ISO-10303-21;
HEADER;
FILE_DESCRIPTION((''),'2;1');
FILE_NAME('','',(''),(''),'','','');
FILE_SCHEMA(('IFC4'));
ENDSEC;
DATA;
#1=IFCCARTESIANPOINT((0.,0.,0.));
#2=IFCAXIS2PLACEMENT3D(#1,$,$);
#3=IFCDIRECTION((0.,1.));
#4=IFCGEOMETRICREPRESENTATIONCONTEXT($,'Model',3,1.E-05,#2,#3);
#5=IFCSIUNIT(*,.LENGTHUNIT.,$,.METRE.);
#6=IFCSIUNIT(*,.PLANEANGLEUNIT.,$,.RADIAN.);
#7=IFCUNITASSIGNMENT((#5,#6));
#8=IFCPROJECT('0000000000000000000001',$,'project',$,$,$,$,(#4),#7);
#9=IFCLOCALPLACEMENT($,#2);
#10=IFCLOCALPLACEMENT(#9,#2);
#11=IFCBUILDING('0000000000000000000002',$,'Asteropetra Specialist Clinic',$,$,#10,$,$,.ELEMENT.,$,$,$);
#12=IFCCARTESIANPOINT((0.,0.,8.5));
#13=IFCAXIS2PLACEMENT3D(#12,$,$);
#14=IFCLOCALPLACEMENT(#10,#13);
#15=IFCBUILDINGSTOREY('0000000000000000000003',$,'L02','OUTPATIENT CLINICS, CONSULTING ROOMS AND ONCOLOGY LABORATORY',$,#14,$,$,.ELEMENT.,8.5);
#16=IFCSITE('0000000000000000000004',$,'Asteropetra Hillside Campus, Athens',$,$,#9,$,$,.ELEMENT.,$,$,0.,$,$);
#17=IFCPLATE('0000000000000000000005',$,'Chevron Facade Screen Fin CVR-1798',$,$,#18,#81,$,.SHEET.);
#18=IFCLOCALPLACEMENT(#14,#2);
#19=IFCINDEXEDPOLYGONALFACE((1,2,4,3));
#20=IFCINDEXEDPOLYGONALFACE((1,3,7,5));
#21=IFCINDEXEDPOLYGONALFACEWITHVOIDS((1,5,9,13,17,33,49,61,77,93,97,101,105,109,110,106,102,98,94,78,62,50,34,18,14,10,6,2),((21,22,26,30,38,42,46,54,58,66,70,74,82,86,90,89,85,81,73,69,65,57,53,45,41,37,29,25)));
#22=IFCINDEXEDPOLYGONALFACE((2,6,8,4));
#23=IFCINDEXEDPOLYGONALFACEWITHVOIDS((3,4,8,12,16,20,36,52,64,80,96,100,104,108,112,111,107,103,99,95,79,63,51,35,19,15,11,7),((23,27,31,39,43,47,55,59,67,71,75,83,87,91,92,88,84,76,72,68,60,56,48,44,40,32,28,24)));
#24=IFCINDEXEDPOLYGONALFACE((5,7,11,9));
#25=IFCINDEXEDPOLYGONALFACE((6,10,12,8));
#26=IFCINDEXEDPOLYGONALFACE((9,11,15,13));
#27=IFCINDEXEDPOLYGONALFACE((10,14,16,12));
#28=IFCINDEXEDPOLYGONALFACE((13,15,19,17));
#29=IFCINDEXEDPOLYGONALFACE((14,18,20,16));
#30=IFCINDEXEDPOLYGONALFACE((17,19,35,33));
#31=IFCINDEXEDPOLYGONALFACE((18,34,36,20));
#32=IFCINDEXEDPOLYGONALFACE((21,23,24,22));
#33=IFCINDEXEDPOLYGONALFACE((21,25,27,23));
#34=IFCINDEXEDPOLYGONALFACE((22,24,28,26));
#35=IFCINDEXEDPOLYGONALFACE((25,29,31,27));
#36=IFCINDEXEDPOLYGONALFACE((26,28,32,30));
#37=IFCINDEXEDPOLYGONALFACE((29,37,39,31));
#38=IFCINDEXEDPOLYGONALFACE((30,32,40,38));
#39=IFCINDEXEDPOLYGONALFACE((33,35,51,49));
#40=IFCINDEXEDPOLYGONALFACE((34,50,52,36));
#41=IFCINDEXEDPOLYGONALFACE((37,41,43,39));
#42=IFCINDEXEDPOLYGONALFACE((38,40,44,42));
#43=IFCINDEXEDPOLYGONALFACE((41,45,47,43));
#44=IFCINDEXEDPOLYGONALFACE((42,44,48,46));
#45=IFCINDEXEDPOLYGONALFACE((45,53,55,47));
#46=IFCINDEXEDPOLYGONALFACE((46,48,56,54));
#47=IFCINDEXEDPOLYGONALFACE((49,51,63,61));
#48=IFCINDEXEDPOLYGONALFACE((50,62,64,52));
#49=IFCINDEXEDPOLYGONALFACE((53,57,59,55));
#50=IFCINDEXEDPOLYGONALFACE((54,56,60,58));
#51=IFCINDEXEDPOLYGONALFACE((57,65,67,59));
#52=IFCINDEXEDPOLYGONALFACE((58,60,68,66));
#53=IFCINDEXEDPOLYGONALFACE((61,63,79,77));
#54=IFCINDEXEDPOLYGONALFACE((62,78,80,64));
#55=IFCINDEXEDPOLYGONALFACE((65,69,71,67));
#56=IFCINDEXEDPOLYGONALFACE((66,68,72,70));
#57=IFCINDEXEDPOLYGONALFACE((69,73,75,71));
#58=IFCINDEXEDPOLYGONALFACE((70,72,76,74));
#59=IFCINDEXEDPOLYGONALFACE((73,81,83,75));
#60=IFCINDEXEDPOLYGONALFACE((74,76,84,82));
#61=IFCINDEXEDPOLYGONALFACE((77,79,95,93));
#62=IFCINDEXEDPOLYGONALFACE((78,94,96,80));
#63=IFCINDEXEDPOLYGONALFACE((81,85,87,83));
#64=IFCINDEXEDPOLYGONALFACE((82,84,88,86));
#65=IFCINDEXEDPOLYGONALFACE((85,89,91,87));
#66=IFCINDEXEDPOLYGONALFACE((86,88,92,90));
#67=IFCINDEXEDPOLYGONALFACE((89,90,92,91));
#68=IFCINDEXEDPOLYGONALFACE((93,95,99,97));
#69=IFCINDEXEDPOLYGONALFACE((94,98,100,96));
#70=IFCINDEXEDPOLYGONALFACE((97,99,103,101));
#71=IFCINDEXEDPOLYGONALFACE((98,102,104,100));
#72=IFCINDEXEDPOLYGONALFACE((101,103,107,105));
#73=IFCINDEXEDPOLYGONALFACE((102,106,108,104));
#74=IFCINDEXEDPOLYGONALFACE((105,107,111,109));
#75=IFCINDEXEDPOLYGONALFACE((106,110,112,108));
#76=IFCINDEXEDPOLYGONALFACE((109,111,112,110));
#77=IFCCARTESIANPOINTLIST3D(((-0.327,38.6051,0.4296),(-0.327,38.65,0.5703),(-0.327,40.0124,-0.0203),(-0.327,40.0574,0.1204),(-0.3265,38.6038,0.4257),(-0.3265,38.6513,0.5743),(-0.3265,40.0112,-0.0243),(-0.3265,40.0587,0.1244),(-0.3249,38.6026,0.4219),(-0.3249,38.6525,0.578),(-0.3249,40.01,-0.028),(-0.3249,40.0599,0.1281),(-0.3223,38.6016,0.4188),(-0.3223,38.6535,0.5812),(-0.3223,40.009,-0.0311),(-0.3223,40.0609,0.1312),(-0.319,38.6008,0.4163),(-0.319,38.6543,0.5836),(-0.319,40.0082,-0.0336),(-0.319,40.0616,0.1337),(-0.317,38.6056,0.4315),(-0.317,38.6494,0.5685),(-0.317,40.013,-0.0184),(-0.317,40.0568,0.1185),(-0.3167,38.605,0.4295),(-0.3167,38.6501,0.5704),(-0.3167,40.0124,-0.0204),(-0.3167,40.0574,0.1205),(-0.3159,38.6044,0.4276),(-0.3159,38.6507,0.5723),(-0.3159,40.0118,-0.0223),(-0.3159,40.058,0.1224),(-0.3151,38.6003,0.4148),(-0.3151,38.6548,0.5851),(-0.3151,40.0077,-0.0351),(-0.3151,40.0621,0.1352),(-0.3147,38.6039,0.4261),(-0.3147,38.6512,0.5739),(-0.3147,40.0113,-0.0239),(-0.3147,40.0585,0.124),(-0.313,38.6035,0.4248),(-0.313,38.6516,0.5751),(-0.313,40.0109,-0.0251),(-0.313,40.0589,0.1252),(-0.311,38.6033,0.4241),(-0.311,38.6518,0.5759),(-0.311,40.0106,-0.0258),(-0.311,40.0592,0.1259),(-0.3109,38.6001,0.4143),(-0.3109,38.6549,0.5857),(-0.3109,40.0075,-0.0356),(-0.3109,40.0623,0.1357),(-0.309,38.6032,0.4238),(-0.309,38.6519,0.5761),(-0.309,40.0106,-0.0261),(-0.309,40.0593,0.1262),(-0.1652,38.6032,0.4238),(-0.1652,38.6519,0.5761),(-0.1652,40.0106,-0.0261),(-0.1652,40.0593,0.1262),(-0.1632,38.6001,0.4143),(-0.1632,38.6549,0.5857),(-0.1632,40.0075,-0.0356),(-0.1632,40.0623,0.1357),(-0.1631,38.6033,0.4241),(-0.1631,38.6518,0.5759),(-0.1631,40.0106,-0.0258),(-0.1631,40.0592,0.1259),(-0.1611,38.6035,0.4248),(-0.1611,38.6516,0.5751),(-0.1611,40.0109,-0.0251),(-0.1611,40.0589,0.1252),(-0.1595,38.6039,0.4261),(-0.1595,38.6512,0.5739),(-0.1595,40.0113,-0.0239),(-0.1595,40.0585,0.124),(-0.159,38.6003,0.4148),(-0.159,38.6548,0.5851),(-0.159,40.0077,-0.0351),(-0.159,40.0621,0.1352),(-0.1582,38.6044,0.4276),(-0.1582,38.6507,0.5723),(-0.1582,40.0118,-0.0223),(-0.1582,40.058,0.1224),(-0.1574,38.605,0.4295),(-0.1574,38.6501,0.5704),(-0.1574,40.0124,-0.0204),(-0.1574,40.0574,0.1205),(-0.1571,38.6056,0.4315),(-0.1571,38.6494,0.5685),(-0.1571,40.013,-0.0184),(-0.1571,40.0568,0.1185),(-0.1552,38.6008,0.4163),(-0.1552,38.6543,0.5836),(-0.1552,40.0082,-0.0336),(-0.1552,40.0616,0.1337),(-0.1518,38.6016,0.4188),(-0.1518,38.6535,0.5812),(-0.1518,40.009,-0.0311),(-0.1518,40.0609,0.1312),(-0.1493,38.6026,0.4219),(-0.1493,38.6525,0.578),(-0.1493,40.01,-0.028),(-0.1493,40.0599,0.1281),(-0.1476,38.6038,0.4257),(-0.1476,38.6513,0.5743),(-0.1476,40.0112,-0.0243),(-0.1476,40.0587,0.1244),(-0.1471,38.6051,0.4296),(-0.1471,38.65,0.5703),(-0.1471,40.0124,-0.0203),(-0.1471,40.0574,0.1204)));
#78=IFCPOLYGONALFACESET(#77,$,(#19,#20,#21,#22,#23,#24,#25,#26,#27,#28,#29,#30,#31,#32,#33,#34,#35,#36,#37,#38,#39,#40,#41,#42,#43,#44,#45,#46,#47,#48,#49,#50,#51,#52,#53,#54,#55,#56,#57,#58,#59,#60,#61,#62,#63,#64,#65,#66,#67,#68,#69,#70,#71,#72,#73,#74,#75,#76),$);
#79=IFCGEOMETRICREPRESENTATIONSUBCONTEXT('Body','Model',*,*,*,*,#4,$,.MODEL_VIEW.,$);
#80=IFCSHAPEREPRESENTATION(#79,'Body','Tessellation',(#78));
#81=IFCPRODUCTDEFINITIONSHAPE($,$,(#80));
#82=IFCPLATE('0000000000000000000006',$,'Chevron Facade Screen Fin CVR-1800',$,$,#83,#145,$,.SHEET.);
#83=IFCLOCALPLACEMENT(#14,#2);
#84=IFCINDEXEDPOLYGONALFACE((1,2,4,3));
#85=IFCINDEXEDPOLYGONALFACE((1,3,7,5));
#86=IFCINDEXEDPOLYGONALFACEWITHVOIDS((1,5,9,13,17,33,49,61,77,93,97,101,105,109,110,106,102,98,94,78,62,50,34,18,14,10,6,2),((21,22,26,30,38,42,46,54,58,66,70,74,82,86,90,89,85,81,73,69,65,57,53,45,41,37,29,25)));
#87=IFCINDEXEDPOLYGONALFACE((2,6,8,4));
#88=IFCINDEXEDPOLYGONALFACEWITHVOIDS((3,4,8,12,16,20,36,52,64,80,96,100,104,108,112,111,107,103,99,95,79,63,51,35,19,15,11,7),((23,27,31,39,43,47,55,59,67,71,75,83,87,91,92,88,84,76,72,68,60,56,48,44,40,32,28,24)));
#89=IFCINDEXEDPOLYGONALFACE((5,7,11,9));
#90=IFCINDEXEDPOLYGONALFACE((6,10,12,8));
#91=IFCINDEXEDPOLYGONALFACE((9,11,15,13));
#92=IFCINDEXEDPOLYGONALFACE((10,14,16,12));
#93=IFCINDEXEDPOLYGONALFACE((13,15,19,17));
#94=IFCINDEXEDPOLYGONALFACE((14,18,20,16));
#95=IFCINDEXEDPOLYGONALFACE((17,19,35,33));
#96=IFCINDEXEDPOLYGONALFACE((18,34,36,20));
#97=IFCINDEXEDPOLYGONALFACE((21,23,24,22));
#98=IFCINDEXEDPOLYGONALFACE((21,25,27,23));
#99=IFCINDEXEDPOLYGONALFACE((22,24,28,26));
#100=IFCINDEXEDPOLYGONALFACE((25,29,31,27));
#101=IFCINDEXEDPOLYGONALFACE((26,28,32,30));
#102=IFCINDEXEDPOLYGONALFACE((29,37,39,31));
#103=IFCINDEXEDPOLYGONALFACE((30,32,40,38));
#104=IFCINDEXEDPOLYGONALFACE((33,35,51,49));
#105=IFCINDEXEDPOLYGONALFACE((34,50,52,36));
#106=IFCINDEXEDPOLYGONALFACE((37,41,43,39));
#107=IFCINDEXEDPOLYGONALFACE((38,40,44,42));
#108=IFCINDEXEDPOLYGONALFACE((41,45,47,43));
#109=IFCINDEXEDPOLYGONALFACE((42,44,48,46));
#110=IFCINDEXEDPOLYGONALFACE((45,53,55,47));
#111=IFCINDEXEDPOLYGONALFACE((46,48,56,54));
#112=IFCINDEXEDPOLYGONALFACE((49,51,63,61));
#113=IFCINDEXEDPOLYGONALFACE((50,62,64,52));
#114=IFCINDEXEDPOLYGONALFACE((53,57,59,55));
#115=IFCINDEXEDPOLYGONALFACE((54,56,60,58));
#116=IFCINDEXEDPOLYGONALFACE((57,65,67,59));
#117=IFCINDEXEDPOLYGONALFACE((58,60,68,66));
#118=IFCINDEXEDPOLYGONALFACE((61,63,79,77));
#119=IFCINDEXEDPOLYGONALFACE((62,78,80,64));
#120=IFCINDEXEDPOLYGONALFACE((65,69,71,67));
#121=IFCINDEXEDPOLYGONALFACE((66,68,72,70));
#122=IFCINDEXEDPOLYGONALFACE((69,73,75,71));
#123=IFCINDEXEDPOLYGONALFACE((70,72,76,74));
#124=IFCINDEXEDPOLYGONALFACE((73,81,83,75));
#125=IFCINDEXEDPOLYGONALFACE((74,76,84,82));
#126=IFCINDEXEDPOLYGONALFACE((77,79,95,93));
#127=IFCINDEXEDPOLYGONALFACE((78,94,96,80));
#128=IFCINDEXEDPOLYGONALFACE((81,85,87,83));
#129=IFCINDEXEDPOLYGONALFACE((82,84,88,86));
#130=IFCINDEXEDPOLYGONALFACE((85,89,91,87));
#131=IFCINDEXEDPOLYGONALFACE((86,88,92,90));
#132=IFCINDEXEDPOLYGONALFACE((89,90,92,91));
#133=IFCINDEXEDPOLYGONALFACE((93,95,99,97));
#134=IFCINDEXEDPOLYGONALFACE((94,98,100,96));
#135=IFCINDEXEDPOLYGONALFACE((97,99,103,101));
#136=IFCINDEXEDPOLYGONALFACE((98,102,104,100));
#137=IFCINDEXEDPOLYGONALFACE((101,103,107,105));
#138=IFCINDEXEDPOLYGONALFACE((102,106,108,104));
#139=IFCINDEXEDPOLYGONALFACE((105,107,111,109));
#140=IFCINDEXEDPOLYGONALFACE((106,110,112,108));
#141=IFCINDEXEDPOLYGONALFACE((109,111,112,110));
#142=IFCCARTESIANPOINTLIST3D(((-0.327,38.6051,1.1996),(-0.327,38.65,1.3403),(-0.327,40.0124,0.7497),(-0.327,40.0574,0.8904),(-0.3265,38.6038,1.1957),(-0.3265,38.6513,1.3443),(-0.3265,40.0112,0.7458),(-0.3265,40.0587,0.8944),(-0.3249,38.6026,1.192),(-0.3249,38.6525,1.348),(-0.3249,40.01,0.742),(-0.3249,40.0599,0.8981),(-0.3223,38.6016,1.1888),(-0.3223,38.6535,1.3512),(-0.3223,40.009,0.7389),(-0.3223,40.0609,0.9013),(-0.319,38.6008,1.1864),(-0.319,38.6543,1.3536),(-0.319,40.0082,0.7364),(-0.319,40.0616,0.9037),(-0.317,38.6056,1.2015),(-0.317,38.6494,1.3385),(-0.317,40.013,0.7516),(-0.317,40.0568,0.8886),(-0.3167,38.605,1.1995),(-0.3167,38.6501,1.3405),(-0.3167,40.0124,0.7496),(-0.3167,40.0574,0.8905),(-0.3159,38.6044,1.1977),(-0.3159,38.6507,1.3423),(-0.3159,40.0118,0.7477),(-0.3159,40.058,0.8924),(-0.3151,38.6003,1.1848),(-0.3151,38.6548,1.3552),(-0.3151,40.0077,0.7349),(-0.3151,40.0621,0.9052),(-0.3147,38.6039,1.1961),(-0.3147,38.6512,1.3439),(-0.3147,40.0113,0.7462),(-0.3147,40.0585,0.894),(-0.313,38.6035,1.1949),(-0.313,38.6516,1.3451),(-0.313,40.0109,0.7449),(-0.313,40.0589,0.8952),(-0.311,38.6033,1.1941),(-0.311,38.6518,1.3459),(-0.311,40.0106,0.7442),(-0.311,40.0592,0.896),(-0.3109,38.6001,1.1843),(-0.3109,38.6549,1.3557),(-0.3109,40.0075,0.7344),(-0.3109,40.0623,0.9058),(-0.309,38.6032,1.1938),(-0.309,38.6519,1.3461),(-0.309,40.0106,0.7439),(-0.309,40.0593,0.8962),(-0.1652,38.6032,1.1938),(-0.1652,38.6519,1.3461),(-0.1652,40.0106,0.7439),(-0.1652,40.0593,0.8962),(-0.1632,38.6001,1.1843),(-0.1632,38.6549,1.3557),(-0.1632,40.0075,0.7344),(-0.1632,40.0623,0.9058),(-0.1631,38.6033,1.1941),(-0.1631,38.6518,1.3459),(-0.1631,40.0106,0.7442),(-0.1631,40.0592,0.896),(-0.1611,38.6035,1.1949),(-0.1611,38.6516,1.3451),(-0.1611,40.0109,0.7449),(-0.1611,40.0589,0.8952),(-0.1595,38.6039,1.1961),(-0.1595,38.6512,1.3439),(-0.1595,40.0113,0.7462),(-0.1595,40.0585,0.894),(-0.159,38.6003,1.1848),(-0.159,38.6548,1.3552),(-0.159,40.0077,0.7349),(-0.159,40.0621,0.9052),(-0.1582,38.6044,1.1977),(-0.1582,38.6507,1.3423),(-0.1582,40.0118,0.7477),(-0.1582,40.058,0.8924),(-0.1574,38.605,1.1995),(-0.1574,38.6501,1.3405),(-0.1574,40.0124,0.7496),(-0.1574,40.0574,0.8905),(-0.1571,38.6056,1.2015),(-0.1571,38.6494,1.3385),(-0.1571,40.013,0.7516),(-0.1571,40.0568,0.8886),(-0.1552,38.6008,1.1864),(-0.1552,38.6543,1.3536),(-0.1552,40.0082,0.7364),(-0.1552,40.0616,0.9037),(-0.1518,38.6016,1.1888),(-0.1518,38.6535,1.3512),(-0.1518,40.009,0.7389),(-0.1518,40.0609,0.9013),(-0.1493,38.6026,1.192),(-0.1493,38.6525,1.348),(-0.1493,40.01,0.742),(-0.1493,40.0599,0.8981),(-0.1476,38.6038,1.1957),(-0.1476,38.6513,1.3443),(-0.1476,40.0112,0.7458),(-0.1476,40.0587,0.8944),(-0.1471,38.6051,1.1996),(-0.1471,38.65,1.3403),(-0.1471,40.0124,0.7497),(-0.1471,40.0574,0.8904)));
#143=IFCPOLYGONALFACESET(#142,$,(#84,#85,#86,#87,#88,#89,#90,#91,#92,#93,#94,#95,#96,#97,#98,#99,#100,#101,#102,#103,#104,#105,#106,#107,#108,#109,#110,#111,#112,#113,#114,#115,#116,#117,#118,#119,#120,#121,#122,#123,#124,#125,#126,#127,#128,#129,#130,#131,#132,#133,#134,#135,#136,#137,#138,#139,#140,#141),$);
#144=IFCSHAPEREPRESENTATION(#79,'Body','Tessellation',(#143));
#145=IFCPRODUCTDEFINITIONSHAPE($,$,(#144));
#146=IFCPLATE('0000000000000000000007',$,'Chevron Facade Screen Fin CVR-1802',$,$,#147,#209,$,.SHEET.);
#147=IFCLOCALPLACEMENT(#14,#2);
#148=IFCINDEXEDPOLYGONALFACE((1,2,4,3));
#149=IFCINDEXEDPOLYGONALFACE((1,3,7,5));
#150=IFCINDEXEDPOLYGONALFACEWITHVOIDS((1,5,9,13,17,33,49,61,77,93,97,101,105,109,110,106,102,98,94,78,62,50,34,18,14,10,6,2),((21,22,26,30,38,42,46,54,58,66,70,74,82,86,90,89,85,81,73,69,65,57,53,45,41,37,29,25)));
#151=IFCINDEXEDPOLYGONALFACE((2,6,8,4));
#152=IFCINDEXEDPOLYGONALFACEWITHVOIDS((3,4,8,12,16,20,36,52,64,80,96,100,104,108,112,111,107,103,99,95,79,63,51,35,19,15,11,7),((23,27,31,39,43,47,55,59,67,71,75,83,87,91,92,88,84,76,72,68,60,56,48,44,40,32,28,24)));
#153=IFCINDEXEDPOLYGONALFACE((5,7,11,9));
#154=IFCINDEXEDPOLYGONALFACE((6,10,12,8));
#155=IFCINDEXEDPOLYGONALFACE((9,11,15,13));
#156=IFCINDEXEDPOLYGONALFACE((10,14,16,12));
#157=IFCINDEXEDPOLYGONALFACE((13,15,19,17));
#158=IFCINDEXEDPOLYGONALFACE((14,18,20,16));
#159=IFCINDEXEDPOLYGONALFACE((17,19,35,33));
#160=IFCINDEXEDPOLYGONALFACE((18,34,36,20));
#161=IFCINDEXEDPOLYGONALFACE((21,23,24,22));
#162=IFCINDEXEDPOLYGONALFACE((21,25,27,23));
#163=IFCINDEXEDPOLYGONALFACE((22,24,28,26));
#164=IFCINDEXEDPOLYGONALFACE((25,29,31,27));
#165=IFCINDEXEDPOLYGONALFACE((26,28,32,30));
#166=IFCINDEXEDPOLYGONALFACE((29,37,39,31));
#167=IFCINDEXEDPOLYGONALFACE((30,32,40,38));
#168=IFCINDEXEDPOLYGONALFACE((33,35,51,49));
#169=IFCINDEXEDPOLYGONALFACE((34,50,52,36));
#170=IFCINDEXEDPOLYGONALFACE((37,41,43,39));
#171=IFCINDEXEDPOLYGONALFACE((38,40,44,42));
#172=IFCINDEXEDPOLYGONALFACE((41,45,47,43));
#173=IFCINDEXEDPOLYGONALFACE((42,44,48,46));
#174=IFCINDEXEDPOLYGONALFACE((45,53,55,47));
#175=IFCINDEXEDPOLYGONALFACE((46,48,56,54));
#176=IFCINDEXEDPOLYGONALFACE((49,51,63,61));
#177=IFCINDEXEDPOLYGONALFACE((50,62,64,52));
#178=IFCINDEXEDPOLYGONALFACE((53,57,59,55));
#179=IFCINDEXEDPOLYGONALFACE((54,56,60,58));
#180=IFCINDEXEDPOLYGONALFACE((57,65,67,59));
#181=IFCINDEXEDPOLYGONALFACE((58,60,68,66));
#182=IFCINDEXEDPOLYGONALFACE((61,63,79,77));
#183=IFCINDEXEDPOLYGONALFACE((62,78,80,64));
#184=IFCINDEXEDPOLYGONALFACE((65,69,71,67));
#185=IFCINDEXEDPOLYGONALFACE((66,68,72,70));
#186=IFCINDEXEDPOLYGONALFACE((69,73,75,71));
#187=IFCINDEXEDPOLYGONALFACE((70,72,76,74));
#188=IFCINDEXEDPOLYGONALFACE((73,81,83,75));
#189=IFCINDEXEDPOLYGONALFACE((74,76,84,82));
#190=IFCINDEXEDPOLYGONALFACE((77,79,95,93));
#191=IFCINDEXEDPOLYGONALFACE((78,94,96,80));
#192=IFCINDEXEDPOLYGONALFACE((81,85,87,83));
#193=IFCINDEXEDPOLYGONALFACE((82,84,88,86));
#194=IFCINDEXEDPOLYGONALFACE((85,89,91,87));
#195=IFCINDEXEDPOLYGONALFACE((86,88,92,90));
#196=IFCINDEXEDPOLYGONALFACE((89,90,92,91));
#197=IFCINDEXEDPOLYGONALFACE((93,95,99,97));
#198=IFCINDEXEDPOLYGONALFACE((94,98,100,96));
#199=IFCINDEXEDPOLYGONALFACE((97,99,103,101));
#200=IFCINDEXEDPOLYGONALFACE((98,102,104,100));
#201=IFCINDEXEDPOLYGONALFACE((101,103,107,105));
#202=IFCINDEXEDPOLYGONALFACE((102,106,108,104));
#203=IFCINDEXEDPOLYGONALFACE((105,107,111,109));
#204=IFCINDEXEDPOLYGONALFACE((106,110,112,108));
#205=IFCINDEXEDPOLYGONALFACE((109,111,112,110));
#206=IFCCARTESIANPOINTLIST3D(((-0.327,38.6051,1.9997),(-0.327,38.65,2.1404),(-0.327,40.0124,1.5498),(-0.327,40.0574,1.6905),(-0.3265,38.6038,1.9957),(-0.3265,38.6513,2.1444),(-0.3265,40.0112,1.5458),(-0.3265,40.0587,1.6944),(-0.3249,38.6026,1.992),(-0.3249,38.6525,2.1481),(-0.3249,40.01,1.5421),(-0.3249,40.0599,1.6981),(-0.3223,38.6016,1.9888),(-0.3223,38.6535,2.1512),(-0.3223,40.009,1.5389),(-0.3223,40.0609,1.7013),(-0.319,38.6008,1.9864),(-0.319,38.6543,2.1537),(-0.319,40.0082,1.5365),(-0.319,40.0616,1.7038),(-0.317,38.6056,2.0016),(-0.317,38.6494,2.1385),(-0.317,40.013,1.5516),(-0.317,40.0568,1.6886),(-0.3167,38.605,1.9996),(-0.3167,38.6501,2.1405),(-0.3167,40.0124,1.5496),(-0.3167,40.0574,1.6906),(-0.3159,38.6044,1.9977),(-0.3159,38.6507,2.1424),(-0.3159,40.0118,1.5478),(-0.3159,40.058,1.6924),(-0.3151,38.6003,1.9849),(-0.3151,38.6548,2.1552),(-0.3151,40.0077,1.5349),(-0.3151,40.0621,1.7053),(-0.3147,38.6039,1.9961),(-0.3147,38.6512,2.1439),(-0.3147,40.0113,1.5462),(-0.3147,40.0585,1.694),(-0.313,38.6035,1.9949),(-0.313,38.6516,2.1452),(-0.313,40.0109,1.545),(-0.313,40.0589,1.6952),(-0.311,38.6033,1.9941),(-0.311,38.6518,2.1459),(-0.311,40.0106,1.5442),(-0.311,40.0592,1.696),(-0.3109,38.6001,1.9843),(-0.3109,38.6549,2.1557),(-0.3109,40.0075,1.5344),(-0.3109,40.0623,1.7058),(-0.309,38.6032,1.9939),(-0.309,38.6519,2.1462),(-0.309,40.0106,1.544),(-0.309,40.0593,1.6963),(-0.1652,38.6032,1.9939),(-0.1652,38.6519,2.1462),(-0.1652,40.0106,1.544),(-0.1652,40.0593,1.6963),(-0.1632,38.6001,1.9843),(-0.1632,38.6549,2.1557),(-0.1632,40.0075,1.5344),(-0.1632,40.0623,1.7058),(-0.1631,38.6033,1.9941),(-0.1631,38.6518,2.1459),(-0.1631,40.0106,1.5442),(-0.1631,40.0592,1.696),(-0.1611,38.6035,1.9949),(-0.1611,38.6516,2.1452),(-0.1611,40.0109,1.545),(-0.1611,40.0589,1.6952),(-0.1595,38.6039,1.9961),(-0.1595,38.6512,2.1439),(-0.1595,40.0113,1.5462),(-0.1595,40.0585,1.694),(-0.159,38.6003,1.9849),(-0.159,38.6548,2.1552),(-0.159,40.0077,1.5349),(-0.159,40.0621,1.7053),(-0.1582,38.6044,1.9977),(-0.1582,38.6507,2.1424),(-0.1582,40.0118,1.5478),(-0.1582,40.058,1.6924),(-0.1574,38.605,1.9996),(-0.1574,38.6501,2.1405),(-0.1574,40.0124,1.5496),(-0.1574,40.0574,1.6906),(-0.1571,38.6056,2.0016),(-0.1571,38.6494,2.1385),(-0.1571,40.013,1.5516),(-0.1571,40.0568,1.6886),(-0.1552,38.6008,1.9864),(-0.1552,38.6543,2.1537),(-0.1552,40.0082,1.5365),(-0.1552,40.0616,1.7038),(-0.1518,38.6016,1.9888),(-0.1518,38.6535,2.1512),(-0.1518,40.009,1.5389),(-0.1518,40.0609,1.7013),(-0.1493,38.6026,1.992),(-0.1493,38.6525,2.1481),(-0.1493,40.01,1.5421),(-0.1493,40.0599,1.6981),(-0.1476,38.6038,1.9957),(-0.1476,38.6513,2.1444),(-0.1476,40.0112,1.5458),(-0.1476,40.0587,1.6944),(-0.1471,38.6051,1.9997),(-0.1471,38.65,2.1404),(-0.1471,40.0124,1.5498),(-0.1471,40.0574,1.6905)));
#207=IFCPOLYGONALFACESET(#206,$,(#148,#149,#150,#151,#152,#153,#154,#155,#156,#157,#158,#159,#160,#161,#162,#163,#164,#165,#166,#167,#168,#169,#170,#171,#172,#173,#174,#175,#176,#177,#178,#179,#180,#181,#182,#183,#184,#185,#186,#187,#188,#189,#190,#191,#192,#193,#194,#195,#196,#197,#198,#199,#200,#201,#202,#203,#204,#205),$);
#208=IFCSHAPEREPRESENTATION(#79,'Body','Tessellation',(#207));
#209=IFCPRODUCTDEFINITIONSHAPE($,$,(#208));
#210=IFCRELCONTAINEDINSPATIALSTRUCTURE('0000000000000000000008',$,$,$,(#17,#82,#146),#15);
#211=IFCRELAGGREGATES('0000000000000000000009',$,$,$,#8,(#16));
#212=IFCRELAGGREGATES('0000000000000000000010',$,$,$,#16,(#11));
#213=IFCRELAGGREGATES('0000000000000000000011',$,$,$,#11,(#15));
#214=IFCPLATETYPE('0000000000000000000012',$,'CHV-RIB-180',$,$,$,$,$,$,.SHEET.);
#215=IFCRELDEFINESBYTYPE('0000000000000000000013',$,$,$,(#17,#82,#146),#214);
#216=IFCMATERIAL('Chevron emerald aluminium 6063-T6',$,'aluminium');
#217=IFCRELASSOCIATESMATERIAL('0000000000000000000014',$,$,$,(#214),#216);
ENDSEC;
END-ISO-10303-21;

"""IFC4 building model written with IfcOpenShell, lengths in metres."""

from ifc_helpers import new_model, si_unit, direction, frame, origin, origin_2d, place, context, subcontext, project, spatial, hollow_rectangle, extrude, material, material_profile, profile_set, type_object, element, save


model = new_model("IFC4")

# Units and contexts
model_context = context("Model", 3, precision=1e-05, world=origin(), true_north=direction((0.0, 1.0)))
body_context = subcontext(model_context, "Body", "Model", "MODEL_VIEW")
ifc_project = project(units=[si_unit("LENGTHUNIT", "METRE"), si_unit("PLANEANGLEUNIT", "RADIAN")], contexts=[model_context])

# Site, building, storey
site_placement = place(None, origin())
site = spatial("IfcSite", under=ifc_project, at=site_placement, Name="Asteropetra Hillside Campus, Athens", CompositionType="ELEMENT", RefElevation=0.0)
building_placement = place(site_placement, origin())
building = spatial("IfcBuilding", under=site, at=building_placement, Name="Asteropetra Specialist Clinic", CompositionType="ELEMENT")
storey_placement = place(building_placement, frame((0.0, 0.0, 8.5)))
storey = spatial("IfcBuildingStorey", under=building, at=storey_placement, Name="L02", Description="OUTPATIENT CLINICS, CONSULTING ROOMS AND ONCOLOGY LABORATORY", CompositionType="ELEMENT", Elevation=8.5)

# Plates
ifc_material_1 = material(Name="Chevron emerald aluminium 6063-T6", Category="aluminium")
ifc_material_profile_1 = material_profile(ifc_material_1, hollow_rectangle(XDim=0.1799, YDim=0.1799, WallThickness=0.01, InnerFilletRadius=0.0081, OuterFilletRadius=0.0161, at=origin_2d()), Name="SHS 180x180x10.0")
ifc_profile_set_1 = profile_set([ifc_material_profile_1], Name="Chevron emerald aluminium 6063-T6")
plate_type = type_object("IfcPlateType", Name="CHV-RIB-180", PredefinedType="SHEET", material=ifc_profile_set_1)
for number, where, z_axis, x_axis, name in (
    (1, (-0.2371, 40.0349, 0.05), (0.0, -0.95251, 0.304506), (1.0, 0.0, 0.0), "Chevron Facade Screen Fin CVR-1798"),
    (2, (-0.2371, 40.0349, 0.8201), (0.0, -0.95251, 0.304506), (1.0, 0.0, 0.0), "Chevron Facade Screen Fin CVR-1800"),
    (3, (-0.2371, 40.0349, 1.6201), (0.0, -0.95251, 0.304506), (1.0, 0.0, 0.0), "Chevron Facade Screen Fin CVR-1802"),
):
    element("IfcPlate", number, at=place(storey_placement, frame(where, z_axis=z_axis, x_axis=x_axis)), inside=storey, type_object=plate_type, Name=name, PredefinedType="SHEET", context=body_context, shape_type="SweptSolid", body=[
        extrude(hollow_rectangle(XDim=0.1799, YDim=0.1799, WallThickness=0.01, InnerFilletRadius=0.0081, OuterFilletRadius=0.0161, at=origin_2d()), origin(), (0.0, 0.0, 1.0), 1.4775),
    ])

save(model, "model.ifc")
